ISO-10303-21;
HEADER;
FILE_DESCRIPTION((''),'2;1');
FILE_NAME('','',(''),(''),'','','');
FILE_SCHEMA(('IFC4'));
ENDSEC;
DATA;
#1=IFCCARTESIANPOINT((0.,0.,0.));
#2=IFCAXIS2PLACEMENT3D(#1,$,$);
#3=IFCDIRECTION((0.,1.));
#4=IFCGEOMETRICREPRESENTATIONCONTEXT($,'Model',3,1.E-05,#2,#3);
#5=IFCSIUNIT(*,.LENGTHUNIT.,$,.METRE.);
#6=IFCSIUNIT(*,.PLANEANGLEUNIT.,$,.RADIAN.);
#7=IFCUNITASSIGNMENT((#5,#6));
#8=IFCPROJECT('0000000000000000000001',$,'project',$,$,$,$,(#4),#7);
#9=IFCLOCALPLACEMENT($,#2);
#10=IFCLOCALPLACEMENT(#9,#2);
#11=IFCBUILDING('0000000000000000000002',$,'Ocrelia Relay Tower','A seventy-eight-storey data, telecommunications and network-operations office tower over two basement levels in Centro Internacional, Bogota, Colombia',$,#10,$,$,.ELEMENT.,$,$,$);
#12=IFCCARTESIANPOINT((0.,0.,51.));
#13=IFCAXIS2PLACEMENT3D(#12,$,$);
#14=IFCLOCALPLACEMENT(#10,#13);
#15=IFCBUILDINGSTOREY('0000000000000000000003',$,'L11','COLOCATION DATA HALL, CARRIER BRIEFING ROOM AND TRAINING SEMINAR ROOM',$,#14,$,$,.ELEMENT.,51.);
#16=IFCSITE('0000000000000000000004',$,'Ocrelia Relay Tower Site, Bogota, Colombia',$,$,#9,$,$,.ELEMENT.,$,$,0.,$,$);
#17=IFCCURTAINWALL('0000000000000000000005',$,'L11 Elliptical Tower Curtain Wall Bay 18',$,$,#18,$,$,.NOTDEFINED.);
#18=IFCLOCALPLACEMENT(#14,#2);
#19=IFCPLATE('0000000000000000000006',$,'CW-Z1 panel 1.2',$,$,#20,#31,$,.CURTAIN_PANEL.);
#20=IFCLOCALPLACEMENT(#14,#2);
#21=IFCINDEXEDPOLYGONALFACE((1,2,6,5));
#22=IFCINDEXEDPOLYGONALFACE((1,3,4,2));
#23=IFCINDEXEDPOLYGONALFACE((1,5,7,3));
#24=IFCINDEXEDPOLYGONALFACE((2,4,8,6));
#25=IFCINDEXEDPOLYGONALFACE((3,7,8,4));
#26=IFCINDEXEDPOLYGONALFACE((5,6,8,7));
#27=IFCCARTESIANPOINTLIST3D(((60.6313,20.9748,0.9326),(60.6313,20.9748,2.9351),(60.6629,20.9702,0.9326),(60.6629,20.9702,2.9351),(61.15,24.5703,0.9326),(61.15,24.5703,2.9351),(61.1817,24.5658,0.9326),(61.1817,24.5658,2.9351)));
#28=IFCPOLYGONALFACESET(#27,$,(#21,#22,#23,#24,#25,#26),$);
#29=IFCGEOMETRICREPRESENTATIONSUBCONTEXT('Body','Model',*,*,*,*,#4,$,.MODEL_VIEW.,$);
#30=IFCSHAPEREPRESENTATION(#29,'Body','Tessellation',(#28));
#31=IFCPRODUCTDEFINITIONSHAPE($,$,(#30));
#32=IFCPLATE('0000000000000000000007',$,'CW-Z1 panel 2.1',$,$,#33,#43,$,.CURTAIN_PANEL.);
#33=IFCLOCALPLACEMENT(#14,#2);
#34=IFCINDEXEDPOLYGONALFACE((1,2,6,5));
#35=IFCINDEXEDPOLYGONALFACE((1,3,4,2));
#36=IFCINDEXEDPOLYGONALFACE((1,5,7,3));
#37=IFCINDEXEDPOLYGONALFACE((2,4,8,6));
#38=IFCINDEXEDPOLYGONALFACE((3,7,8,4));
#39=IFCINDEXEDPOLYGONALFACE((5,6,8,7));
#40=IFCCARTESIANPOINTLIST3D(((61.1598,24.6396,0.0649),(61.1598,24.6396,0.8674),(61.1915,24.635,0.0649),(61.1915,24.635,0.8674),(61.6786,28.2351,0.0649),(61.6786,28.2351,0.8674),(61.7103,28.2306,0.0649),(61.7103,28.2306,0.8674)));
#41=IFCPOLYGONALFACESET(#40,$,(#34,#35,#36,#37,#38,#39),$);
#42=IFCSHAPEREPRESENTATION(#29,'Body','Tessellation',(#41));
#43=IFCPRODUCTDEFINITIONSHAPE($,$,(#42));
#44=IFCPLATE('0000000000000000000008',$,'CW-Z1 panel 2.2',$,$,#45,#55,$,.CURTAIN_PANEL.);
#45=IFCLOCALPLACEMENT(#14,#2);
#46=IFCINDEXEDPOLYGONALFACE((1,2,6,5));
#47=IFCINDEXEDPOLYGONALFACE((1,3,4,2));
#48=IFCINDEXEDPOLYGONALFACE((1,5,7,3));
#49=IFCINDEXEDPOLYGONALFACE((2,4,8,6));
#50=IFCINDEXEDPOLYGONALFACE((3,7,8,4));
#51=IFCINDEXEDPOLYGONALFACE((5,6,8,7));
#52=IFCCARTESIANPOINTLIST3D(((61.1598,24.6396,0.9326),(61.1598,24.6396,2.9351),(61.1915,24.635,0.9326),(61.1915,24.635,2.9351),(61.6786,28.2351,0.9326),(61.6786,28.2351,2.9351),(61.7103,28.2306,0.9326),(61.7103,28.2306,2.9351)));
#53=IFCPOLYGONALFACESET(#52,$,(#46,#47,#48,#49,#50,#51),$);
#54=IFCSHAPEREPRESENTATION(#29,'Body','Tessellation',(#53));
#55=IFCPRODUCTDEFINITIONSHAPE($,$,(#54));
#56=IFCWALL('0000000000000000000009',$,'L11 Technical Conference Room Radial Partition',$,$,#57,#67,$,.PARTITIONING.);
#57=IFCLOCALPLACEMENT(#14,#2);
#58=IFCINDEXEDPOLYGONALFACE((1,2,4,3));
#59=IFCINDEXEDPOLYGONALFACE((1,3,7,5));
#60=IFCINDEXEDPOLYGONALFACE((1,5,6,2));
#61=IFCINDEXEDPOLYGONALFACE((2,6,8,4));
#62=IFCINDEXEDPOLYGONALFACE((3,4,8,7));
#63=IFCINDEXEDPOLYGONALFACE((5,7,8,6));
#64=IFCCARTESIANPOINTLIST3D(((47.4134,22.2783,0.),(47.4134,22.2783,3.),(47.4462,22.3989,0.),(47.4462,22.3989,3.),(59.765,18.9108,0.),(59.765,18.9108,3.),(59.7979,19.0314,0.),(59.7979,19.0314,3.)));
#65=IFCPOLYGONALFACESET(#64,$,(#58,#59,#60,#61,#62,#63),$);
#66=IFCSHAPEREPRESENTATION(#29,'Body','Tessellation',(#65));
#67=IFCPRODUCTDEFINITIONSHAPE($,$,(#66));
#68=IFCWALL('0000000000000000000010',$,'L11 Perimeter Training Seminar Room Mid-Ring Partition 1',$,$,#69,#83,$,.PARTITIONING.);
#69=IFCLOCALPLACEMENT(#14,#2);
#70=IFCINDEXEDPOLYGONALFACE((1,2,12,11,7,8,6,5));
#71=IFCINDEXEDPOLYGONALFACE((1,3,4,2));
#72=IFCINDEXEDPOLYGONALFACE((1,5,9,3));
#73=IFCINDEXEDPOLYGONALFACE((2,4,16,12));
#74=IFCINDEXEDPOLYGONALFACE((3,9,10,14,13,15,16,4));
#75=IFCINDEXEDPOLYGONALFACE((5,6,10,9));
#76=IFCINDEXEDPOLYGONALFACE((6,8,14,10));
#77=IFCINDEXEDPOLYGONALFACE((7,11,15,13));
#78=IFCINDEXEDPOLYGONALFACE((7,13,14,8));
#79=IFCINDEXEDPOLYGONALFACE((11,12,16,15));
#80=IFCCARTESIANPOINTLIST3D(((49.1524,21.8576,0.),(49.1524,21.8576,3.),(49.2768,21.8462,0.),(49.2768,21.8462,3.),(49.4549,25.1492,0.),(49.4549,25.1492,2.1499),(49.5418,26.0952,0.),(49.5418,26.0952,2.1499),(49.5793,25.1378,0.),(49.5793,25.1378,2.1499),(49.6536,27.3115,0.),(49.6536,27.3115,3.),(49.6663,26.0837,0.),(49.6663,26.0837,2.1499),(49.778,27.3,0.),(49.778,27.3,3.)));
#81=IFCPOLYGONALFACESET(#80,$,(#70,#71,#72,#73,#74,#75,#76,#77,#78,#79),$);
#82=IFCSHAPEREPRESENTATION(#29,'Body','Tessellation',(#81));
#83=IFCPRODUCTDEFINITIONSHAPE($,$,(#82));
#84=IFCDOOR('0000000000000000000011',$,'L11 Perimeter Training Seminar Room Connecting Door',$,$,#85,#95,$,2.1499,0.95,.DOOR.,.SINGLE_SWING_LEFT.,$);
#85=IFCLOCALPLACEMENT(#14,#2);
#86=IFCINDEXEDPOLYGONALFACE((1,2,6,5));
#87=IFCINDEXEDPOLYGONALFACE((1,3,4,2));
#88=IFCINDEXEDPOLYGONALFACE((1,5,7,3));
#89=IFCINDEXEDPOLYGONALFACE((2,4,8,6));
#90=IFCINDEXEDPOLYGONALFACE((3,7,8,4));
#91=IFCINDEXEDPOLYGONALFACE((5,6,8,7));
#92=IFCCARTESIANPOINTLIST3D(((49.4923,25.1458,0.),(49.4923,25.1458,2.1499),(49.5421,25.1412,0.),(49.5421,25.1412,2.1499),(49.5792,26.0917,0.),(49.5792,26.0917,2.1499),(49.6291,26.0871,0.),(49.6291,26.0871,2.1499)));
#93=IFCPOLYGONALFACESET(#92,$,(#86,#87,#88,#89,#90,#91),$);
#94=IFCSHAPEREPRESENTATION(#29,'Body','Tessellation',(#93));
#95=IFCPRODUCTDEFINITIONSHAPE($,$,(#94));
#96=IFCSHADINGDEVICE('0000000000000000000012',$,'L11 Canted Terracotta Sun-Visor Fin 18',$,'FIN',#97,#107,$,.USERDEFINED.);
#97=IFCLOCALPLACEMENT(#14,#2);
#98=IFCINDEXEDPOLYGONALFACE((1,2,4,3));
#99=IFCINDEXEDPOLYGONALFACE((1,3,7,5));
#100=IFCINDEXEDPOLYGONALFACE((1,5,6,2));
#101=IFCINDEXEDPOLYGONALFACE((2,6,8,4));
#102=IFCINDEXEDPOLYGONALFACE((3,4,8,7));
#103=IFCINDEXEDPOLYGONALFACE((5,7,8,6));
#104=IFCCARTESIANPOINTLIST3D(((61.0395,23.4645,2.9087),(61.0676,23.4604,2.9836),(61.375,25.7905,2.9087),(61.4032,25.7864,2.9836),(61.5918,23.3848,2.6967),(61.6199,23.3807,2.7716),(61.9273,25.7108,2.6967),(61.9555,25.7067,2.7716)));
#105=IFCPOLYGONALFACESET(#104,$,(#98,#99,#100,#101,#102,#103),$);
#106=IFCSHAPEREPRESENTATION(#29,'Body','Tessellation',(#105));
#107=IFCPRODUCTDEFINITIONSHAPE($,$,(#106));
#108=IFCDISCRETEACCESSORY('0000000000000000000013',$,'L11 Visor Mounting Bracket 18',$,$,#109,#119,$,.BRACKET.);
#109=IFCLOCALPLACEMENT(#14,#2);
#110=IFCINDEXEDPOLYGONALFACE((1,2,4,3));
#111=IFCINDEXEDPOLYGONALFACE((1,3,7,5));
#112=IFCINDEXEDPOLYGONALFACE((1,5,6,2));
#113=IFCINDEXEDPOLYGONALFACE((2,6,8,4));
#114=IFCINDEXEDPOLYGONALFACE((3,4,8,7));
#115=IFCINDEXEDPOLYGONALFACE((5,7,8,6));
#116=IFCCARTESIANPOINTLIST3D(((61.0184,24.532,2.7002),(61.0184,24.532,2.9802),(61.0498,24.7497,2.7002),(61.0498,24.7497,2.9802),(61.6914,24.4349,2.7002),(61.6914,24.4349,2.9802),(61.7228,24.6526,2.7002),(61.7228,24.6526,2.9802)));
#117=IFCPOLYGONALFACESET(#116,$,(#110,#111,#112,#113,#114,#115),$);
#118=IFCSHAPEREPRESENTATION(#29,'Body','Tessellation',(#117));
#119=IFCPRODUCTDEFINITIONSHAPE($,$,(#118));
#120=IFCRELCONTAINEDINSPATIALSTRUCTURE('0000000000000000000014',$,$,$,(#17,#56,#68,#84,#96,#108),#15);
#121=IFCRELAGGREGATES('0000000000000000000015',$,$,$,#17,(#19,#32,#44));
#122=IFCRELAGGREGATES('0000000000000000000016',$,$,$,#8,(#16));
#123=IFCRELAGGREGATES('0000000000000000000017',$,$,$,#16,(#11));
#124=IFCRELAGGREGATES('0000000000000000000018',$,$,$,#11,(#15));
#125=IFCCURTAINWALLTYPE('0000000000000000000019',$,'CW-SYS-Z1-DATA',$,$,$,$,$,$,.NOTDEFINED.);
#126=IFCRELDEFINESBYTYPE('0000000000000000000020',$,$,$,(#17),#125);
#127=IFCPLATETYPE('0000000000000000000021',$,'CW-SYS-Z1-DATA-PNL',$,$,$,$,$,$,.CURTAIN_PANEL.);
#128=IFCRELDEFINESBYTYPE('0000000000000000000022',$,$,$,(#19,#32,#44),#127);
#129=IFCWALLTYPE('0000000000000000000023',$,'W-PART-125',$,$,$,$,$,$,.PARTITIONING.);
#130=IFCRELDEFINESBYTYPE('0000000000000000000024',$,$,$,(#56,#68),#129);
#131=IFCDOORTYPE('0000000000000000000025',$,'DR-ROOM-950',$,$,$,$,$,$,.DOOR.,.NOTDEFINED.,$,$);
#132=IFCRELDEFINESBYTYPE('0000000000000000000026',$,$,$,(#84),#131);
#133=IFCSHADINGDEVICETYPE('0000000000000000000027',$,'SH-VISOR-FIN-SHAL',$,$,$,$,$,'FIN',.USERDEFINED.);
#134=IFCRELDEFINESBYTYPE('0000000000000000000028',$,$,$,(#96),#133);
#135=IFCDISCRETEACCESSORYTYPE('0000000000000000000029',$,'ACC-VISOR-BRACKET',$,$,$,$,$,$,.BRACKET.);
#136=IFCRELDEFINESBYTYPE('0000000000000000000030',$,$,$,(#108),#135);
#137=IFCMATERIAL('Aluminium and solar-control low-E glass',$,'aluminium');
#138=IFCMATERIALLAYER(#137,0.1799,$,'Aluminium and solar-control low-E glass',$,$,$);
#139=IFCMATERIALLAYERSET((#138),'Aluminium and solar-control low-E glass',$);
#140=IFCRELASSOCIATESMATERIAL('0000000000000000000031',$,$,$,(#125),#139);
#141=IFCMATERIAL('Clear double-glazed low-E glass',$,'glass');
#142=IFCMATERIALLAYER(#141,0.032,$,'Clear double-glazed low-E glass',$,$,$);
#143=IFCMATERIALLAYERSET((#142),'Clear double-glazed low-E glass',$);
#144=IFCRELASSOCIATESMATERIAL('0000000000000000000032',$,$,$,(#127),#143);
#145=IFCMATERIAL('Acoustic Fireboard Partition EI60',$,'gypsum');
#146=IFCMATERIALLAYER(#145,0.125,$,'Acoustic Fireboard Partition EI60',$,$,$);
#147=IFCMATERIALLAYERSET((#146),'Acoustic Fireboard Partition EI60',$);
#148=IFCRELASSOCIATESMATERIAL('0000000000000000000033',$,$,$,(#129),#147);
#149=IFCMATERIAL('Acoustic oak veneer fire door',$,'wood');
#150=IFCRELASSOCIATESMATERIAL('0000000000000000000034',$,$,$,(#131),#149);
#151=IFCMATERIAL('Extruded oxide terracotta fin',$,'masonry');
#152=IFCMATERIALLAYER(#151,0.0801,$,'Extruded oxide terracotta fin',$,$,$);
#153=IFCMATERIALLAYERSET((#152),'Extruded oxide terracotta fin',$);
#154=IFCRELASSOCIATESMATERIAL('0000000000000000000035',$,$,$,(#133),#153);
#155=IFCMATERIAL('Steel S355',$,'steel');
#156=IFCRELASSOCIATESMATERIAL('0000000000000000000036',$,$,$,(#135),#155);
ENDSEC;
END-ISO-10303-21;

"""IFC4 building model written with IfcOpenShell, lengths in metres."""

from ifc_helpers import new_model, si_unit, direction, frame, frame_2d, origin, origin_2d, place, context, subcontext, project, spatial, rectangle, extrude, material, layer, layer_set, type_object, element, fill, aggregate, save


model = new_model("IFC4")

# Units and contexts
model_context = context("Model", 3, precision=1e-05, world=origin(), true_north=direction((0.0, 1.0)))
body_context = subcontext(model_context, "Body", "Model", "MODEL_VIEW")
ifc_project = project(units=[si_unit("LENGTHUNIT", "METRE"), si_unit("PLANEANGLEUNIT", "RADIAN")], contexts=[model_context])

# Site, building, storey
site_placement = place(None, origin())
site = spatial("IfcSite", under=ifc_project, at=site_placement, Name="Ocrelia Relay Tower Site, Bogota, Colombia", CompositionType="ELEMENT", RefElevation=0.0)
building_placement = place(site_placement, origin())
building = spatial("IfcBuilding", under=site, at=building_placement, Name="Ocrelia Relay Tower", Description="A seventy-eight-storey data, telecommunications and network-operations office tower over two basement levels in Centro Internacional, Bogota, Colombia", CompositionType="ELEMENT")
storey_placement = place(building_placement, frame((0.0, 0.0, 51.0)))
storey = spatial("IfcBuildingStorey", under=building, at=storey_placement, Name="L11", Description="COLOCATION DATA HALL, CARRIER BRIEFING ROOM AND TRAINING SEMINAR ROOM", CompositionType="ELEMENT", Elevation=51.0)

# Shared definitions
ifc_material_1 = material(Name="Steel S355", Category="steel")

# Curtain wall, plates
ifc_material_2 = material(Name="Aluminium and solar-control low-E glass", Category="aluminium")
ifc_layer_1 = layer(ifc_material_2, 0.1799, Name="Aluminium and solar-control low-E glass")
ifc_layer_set_1 = layer_set([ifc_layer_1], Name="Aluminium and solar-control low-E glass")
curtain_wall_type = type_object("IfcCurtainWallType", Name="CW-SYS-Z1-DATA", PredefinedType="NOTDEFINED", material=ifc_layer_set_1)
curtain_wall_placement = place(storey_placement, origin())
curtain_wall = element("IfcCurtainWall", 1, at=curtain_wall_placement, inside=storey, type_object=curtain_wall_type, Name="L11 Elliptical Tower Curtain Wall Bay 18", PredefinedType="NOTDEFINED")
ifc_material_3 = material(Name="Clear double-glazed low-E glass", Category="glass")
ifc_layer_2 = layer(ifc_material_3, 0.032, Name="Clear double-glazed low-E glass")
ifc_layer_set_2 = layer_set([ifc_layer_2], Name="Clear double-glazed low-E glass")
plate_type = type_object("IfcPlateType", Name="CW-SYS-Z1-DATA-PNL", PredefinedType="CURTAIN_PANEL", material=ifc_layer_set_2)
plate_1_placement = place(storey_placement, frame((60.9065, 22.7703, 0.9326), z_axis=(0.0, 0.0, 1.0), x_axis=(0.1428, 0.989752, 0.0)))
plate_1 = element("IfcPlate", 2, at=plate_1_placement, type_object=plate_type, Name="CW-Z1 panel 1.2", PredefinedType="CURTAIN_PANEL", context=body_context, shape_type="SweptSolid", body=[
    extrude(rectangle(XDim=3.6328, YDim=0.032, at=origin_2d()), origin(), (0.0, 0.0, 1.0), 2.0024),
])
plate_2_placement = place(storey_placement, frame((61.4351, 26.4351, 0.0649), z_axis=(0.0, 0.0, 1.0), x_axis=(0.1428, 0.989752, 0.0)))
plate_2 = element("IfcPlate", 3, at=plate_2_placement, type_object=plate_type, Name="CW-Z1 panel 2.1", PredefinedType="CURTAIN_PANEL", context=body_context, shape_type="SweptSolid", body=[
    extrude(rectangle(XDim=3.6328, YDim=0.032, at=origin_2d()), origin(), (0.0, 0.0, 1.0), 0.8025),
])
plate_3_placement = place(storey_placement, frame((61.4351, 26.4351, 0.9326), z_axis=(0.0, 0.0, 1.0), x_axis=(0.1428, 0.989752, 0.0)))
plate_3 = element("IfcPlate", 4, at=plate_3_placement, type_object=plate_type, Name="CW-Z1 panel 2.2", PredefinedType="CURTAIN_PANEL", context=body_context, shape_type="SweptSolid", body=[
    extrude(rectangle(XDim=3.6328, YDim=0.032, at=origin_2d()), origin(), (0.0, 0.0, 1.0), 2.0024),
])
aggregate(curtain_wall, [plate_1, plate_2, plate_3])

# Shared definitions
ifc_material_4 = material(Name="Acoustic oak veneer fire door", Category="wood")

# Wall
ifc_material_5 = material(Name="Acoustic Fireboard Partition EI60", Category="gypsum")
ifc_layer_3 = layer(ifc_material_5, 0.125, Name="Acoustic Fireboard Partition EI60")
ifc_layer_set_3 = layer_set([ifc_layer_3], Name="Acoustic Fireboard Partition EI60")
wall_type_1 = type_object("IfcWallType", Name="W-PART-125", PredefinedType="PARTITIONING", material=ifc_layer_set_3)
wall_1_placement = place(storey_placement, frame((47.4297, 22.3386, 0.0), z_axis=(0.0, 0.0, 1.0), x_axis=(0.964787, -0.263032, 0.0)))
element("IfcWall", 5, at=wall_1_placement, inside=storey, type_object=wall_type_1, Name="L11 Technical Conference Room Radial Partition", PredefinedType="PARTITIONING", context=body_context, shape_type="SweptSolid", body=[
    extrude(rectangle(XDim=12.8025, YDim=0.125, at=frame_2d((6.4014, 0.0))), origin(), (0.0, 0.0, 1.0), 3.0),
])

# Wall, opening, door
wall_2_placement = place(storey_placement, frame((49.2146, 21.8521, 0.0), z_axis=(0.0, 0.0, 1.0), x_axis=(0.091516, 0.995804, 0.0)))
wall_2 = element("IfcWall", 6, at=wall_2_placement, inside=storey, type_object=wall_type_1, Name="L11 Perimeter Training Seminar Room Mid-Ring Partition 1", PredefinedType="PARTITIONING", context=body_context, shape_type="SweptSolid", body=[
    extrude(rectangle(XDim=5.4768, YDim=0.125, at=frame_2d((2.7383, 0.0))), origin(), (0.0, 0.0, 1.0), 3.0),
])
opening_1_placement = place(wall_2_placement, frame((3.3052, 0.0, 0.0)))
opening_1 = element("IfcOpeningElement", 7, at=opening_1_placement, cuts=wall_2, PredefinedType="OPENING", context=body_context, shape_type="SweptSolid", body=[
    extrude(rectangle(XDim=0.95, YDim=2.1499, at=frame_2d((0.4751, 1.075))), frame((0.0, 0.0725, 0.0), z_axis=(0.0, -1.0, 0.0), x_axis=(1.0, 0.0, 0.0)), (0.0, 0.0, 1.0), 0.145),
])
door_type_1 = type_object("IfcDoorType", Name="DR-ROOM-950", OperationType="NOTDEFINED", PredefinedType="DOOR", material=ifc_material_4)
door_1_placement = place(opening_1_placement, origin())
door_1 = element("IfcDoor", 8, at=door_1_placement, inside=storey, type_object=door_type_1, Name="L11 Perimeter Training Seminar Room Connecting Door", OperationType="SINGLE_SWING_LEFT", OverallHeight=2.1499, OverallWidth=0.95, PredefinedType="DOOR", context=body_context, shape_type="SweptSolid", body=[
    extrude(rectangle(XDim=0.95, YDim=2.1499, at=frame_2d((0.4751, 1.075))), frame((0.0, 0.0249, 0.0), z_axis=(0.0, -1.0, 0.0), x_axis=(1.0, 0.0, 0.0)), (0.0, 0.0, 1.0), 0.05),
])
fill(opening_1, door_1)

# Shading device
ifc_material_6 = material(Name="Extruded oxide terracotta fin", Category="masonry")
ifc_layer_4 = layer(ifc_material_6, 0.0801, Name="Extruded oxide terracotta fin")
ifc_layer_set_4 = layer_set([ifc_layer_4], Name="Extruded oxide terracotta fin")
shading_device_type = type_object("IfcShadingDeviceType", Name="SH-VISOR-FIN-SHAL", ElementType="FIN", PredefinedType="USERDEFINED", material=ifc_layer_set_4)
shading_device_placement = place(storey_placement, frame((61.4834, 24.5876, 2.8027), z_axis=(0.351468, -0.050709, 0.934826), x_axis=(0.1428, 0.989752, 0.0)))
element("IfcShadingDevice", 9, at=shading_device_placement, inside=storey, type_object=shading_device_type, Name="L11 Canted Terracotta Sun-Visor Fin 18", ObjectType="FIN", PredefinedType="USERDEFINED", context=body_context, shape_type="SweptSolid", body=[
    extrude(rectangle(XDim=2.3501, YDim=0.5969, at=origin_2d()), origin(), (0.0, 0.0, 1.0), 0.0801),
])

# Discrete accessory
discrete_accessory_type = type_object("IfcDiscreteAccessoryType", Name="ACC-VISOR-BRACKET", PredefinedType="BRACKET", material=ifc_material_1)
discrete_accessory_placement = place(storey_placement, frame((61.3706, 24.5923, 2.7002), z_axis=(0.0, 0.0, 1.0), x_axis=(0.1428, 0.989752, 0.0)))
element("IfcDiscreteAccessory", 10, at=discrete_accessory_placement, inside=storey, type_object=discrete_accessory_type, Name="L11 Visor Mounting Bracket 18", PredefinedType="BRACKET", context=body_context, shape_type="SweptSolid", body=[
    extrude(rectangle(XDim=0.22, YDim=0.6799, at=origin_2d()), origin(), (0.0, 0.0, 1.0), 0.28),
])

save(model, "model.ifc")
